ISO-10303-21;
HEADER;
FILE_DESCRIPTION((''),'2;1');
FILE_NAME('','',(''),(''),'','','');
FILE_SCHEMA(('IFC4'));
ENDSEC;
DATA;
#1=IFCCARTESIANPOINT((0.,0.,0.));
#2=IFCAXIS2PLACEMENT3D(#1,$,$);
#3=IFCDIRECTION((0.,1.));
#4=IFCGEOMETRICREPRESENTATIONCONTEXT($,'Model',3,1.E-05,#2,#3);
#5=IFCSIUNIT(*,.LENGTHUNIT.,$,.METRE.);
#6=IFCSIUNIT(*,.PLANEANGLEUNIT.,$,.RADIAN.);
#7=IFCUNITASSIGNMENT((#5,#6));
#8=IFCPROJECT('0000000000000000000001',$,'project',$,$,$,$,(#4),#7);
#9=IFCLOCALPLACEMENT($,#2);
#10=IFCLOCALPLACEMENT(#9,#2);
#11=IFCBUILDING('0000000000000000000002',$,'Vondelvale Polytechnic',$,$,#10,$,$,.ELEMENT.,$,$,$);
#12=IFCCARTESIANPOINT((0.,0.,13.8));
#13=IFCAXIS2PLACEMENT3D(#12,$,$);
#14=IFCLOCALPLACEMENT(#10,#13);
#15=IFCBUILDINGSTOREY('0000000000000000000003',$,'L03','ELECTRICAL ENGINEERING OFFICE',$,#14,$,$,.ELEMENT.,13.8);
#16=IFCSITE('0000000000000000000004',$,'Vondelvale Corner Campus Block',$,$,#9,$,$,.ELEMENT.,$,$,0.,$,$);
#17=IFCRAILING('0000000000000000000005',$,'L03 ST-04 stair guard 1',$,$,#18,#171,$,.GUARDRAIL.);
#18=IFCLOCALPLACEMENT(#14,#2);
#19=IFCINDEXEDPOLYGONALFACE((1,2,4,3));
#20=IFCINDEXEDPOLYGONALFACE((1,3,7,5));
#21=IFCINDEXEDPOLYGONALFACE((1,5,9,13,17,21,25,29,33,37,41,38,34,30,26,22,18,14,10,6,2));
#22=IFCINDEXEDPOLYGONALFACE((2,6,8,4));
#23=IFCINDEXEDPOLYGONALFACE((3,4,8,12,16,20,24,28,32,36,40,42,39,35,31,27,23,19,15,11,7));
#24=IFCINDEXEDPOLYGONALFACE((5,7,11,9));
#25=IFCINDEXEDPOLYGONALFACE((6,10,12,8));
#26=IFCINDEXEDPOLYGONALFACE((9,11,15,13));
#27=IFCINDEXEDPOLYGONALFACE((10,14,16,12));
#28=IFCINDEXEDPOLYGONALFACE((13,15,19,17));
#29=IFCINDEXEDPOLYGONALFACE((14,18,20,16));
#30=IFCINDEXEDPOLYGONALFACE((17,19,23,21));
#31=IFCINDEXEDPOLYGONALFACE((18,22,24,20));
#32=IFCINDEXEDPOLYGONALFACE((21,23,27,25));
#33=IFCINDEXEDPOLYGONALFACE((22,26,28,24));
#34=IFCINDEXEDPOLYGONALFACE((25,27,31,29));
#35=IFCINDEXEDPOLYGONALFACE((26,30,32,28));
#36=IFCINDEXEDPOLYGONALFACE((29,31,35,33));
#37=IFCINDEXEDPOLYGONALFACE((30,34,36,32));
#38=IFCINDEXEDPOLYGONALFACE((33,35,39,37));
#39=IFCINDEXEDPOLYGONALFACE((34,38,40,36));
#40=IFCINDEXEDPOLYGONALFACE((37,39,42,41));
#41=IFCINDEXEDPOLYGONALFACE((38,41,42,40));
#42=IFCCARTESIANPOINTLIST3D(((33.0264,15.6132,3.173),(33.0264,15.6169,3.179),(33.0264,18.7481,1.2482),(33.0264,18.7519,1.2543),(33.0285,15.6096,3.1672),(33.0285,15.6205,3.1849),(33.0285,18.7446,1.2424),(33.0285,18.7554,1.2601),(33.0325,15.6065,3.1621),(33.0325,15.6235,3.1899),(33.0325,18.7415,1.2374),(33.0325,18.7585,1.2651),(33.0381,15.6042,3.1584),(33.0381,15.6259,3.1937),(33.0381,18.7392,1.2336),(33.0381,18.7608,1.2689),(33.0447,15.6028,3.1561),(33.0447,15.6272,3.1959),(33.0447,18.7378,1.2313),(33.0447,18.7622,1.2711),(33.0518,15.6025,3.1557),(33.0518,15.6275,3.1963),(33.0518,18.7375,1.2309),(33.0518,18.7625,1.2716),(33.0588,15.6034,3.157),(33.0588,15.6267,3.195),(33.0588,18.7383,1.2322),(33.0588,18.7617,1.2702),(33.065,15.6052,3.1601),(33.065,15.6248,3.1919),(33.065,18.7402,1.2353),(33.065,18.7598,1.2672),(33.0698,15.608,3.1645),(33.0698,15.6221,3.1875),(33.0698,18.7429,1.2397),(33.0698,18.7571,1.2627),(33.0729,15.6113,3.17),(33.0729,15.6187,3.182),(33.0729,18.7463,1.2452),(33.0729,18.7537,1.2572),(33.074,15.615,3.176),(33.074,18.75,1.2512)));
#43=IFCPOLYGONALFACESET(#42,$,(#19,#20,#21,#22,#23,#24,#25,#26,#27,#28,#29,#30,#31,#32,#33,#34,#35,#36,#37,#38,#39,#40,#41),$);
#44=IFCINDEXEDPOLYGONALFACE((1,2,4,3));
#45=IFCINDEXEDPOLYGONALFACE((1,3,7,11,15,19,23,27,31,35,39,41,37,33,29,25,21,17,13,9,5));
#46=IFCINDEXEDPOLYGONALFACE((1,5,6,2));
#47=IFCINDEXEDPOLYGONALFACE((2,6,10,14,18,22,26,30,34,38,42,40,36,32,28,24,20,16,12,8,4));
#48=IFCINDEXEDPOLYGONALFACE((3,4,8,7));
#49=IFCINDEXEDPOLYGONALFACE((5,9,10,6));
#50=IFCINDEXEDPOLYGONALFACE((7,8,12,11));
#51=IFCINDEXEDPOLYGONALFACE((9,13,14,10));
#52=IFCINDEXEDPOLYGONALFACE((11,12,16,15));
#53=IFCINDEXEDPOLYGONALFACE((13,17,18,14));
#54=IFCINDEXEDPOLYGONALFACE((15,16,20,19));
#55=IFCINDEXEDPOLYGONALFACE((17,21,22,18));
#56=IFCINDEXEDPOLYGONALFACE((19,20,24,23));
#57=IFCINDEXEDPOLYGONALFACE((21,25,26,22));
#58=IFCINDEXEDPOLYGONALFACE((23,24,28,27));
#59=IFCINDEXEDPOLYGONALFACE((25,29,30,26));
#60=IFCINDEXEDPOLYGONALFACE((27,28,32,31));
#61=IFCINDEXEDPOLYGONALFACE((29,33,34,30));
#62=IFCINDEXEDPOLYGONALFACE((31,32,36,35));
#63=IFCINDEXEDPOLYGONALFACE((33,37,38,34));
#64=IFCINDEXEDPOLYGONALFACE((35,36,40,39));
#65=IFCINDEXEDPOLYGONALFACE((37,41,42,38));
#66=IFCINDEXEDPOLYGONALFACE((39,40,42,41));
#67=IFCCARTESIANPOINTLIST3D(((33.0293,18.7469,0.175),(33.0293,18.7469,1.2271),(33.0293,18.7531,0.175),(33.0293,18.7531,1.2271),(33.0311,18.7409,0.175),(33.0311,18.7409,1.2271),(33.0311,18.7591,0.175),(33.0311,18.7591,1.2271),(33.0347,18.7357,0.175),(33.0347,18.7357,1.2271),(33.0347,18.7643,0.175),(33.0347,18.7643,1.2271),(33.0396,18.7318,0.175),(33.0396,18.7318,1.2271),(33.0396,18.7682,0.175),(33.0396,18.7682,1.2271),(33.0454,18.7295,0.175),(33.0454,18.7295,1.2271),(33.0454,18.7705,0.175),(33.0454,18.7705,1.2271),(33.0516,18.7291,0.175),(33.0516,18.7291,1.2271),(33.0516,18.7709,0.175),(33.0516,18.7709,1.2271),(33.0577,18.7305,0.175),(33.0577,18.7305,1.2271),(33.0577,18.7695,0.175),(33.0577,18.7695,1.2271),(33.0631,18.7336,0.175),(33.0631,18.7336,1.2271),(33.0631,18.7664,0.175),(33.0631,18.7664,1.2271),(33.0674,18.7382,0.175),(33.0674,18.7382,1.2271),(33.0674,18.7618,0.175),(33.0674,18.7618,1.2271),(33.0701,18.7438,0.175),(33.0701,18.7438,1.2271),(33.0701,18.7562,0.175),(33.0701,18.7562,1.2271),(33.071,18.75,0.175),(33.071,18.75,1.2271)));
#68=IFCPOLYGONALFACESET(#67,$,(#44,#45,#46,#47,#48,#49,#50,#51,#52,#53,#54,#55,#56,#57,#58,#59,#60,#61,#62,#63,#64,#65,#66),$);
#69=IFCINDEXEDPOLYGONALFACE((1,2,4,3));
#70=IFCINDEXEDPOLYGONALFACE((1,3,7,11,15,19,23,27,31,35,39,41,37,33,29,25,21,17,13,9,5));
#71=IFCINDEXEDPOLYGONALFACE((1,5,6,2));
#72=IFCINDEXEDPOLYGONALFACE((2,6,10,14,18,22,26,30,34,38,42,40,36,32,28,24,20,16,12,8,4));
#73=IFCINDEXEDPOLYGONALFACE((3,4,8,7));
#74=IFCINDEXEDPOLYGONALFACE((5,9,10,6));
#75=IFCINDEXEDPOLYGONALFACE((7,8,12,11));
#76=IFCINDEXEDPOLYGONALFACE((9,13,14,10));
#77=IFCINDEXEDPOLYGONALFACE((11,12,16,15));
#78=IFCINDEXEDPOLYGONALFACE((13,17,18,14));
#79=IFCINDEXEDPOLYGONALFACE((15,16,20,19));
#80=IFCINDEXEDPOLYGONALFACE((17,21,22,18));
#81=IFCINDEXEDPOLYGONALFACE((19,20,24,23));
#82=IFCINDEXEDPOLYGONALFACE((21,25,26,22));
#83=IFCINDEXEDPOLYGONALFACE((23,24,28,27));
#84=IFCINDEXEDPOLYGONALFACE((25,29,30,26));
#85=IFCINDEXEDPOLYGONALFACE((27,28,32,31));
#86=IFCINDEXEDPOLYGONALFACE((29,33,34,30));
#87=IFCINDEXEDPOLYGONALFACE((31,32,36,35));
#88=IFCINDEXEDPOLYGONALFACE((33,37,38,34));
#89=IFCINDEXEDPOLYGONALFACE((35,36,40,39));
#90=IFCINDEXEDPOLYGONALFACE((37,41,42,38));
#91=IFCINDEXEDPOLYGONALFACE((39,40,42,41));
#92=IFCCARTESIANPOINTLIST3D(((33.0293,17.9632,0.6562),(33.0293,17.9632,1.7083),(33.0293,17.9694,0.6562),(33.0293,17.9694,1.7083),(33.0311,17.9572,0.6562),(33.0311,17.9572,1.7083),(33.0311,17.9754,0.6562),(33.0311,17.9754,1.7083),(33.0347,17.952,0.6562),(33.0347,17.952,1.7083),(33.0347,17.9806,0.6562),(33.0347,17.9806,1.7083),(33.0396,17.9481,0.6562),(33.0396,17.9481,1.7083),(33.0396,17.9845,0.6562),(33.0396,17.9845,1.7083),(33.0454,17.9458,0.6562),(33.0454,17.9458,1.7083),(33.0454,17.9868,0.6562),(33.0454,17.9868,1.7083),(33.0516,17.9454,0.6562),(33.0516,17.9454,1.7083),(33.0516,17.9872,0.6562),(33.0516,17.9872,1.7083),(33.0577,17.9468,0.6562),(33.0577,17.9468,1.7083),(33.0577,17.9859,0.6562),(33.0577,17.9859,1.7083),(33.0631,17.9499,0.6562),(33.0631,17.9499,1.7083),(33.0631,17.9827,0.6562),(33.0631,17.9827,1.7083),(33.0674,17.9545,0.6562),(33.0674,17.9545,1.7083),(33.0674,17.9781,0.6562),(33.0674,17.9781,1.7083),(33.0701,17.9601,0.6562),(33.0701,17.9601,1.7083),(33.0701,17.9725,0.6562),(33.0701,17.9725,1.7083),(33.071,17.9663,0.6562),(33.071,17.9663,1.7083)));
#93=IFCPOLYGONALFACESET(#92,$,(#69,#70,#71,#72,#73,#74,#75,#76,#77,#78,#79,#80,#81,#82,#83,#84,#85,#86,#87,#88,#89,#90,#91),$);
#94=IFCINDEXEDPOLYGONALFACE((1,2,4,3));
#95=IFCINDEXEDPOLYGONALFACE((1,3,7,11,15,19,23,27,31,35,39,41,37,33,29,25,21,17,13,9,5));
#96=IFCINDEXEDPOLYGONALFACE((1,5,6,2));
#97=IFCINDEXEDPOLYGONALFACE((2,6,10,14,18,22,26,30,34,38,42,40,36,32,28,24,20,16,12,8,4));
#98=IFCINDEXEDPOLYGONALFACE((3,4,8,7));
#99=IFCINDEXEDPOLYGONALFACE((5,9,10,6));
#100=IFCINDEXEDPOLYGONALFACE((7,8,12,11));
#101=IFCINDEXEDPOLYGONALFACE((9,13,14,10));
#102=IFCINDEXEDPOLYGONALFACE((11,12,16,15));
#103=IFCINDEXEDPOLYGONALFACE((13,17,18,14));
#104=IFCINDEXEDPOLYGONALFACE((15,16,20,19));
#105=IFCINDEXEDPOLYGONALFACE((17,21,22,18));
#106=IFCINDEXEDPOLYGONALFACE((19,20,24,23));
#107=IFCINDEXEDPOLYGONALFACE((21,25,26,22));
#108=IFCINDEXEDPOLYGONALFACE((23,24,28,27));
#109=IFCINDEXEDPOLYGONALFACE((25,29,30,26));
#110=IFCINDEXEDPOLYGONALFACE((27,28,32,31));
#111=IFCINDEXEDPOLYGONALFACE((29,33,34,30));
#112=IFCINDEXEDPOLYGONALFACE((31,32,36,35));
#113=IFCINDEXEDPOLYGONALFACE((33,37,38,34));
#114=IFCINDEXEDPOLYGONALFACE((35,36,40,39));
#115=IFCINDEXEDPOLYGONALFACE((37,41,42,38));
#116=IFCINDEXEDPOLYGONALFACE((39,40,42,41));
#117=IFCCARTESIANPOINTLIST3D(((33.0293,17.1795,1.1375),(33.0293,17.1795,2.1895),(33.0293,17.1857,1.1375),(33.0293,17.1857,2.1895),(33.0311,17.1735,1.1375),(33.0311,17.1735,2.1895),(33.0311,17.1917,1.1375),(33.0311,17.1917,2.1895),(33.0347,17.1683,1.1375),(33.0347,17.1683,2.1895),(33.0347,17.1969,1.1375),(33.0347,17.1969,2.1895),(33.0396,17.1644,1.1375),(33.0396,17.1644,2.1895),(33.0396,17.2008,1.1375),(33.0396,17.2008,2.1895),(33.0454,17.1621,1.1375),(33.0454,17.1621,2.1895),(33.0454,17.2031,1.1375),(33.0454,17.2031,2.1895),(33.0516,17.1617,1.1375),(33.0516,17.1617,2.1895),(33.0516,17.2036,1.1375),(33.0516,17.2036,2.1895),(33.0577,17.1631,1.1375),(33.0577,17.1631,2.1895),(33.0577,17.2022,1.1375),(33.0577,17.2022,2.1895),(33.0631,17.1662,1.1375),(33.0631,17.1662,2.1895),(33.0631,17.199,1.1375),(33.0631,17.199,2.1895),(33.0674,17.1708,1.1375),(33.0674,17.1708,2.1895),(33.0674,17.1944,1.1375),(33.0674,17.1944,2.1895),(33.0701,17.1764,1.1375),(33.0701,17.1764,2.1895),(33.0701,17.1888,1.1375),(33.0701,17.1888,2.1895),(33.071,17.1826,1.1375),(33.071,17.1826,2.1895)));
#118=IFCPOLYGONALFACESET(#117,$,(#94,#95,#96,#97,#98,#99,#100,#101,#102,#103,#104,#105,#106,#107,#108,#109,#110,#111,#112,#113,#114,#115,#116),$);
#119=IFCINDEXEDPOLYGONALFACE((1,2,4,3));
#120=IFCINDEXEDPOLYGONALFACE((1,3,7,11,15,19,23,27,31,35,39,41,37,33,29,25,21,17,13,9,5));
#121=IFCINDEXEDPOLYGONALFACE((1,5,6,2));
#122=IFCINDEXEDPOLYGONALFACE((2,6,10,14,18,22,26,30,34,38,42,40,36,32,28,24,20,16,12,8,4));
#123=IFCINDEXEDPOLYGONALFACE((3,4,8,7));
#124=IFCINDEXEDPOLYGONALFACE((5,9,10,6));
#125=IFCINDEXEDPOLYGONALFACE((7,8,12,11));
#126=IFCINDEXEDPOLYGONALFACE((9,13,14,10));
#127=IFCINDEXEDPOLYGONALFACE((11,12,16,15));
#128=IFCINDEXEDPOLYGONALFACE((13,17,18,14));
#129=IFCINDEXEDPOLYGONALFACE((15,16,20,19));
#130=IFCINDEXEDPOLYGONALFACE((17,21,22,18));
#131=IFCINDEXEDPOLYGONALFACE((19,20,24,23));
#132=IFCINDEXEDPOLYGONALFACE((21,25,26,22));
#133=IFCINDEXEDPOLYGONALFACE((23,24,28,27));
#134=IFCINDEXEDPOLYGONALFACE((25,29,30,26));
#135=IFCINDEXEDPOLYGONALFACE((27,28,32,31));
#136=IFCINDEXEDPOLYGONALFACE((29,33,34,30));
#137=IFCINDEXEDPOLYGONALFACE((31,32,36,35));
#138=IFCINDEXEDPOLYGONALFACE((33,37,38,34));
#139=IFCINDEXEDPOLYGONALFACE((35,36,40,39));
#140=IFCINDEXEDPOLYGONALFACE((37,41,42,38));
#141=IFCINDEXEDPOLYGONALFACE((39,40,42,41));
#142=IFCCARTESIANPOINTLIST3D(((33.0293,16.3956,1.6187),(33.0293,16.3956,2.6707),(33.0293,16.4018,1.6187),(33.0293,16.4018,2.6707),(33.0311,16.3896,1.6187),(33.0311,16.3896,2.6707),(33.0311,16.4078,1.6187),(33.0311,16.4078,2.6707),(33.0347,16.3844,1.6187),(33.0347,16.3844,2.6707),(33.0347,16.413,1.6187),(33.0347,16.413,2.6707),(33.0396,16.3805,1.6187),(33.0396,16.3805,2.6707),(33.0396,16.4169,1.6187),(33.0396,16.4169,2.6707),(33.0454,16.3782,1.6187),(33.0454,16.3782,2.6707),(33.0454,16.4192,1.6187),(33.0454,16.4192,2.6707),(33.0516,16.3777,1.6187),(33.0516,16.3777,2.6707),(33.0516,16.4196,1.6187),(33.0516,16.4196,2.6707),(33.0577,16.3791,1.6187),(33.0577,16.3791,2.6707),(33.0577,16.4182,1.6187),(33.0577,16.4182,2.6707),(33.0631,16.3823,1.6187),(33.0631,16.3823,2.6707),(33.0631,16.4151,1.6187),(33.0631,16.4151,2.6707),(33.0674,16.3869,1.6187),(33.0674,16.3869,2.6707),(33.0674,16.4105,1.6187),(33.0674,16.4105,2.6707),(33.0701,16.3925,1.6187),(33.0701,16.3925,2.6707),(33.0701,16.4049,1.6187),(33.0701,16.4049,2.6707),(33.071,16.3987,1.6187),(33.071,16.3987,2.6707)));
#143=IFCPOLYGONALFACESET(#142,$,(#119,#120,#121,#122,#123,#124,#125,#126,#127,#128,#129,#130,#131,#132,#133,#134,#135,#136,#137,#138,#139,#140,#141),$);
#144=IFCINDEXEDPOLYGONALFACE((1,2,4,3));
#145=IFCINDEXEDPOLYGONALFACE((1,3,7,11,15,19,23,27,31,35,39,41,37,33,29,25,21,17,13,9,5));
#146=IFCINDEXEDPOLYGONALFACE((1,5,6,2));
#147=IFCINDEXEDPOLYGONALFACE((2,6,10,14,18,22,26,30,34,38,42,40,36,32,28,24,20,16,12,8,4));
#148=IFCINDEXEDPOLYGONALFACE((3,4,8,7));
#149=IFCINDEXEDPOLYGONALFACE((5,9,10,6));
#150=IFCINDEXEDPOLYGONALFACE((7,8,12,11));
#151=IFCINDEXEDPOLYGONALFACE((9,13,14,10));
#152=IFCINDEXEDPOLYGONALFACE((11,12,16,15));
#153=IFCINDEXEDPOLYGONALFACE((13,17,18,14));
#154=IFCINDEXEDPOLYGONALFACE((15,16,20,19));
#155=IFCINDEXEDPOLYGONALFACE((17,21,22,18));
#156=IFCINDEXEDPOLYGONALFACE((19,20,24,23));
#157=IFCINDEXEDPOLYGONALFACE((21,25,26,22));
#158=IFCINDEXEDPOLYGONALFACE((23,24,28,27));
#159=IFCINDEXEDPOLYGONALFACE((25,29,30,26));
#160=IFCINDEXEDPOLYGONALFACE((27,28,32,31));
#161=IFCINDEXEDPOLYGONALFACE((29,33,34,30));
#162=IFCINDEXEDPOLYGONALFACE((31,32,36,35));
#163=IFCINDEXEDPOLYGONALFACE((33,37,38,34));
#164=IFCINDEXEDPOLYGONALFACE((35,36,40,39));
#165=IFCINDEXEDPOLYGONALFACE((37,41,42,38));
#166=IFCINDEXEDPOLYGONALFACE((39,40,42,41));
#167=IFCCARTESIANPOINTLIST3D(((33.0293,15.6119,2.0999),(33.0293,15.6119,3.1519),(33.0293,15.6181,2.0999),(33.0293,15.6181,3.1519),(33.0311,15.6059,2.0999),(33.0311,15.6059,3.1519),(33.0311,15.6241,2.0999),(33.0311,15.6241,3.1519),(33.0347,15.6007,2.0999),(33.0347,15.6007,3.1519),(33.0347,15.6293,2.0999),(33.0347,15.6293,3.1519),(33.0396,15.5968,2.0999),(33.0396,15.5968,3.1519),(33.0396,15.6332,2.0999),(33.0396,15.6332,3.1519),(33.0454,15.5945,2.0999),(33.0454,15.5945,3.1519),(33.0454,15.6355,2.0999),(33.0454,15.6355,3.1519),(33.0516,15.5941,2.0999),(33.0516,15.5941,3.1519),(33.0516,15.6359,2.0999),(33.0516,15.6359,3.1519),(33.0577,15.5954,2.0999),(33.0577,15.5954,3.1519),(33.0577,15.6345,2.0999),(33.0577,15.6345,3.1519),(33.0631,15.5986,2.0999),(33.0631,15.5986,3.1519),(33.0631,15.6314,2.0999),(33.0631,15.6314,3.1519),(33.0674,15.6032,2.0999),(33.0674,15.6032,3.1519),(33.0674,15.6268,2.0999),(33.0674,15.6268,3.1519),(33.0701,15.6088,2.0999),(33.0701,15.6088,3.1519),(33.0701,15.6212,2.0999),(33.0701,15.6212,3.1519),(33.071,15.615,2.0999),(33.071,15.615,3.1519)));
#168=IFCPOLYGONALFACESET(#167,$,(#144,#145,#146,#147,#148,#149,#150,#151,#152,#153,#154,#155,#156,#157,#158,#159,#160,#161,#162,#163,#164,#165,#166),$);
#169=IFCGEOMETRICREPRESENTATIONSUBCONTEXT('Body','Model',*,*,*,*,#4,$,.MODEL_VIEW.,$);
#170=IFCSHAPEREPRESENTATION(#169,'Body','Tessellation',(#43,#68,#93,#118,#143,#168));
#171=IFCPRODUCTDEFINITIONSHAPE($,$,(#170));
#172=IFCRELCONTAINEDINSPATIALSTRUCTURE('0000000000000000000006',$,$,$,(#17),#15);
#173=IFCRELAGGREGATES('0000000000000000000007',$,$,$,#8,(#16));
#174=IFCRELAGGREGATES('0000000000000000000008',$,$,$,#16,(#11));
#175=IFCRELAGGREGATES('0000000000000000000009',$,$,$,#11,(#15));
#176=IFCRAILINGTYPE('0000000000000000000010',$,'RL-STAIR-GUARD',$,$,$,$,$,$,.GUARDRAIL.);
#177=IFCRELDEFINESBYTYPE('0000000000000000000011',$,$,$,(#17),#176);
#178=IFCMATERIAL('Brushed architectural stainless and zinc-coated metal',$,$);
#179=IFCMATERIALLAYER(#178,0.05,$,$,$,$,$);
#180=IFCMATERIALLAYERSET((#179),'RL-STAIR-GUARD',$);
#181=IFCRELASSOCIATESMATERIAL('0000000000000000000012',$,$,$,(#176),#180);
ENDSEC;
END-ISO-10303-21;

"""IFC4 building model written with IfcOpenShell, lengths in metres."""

from ifc_helpers import new_model, si_unit, direction, frame, origin, origin_2d, place, context, subcontext, project, spatial, circle, extrude, material, layer, layer_set, type_object, element, save


model = new_model("IFC4")

# Units and contexts
model_context = context("Model", 3, precision=1e-05, world=origin(), true_north=direction((0.0, 1.0)))
body_context = subcontext(model_context, "Body", "Model", "MODEL_VIEW")
ifc_project = project(units=[si_unit("LENGTHUNIT", "METRE"), si_unit("PLANEANGLEUNIT", "RADIAN")], contexts=[model_context])

# Site, building, storey
site_placement = place(None, origin())
site = spatial("IfcSite", under=ifc_project, at=site_placement, Name="Vondelvale Corner Campus Block", CompositionType="ELEMENT", RefElevation=0.0)
building_placement = place(site_placement, origin())
building = spatial("IfcBuilding", under=site, at=building_placement, Name="Vondelvale Polytechnic", CompositionType="ELEMENT")
storey_placement = place(building_placement, frame((0.0, 0.0, 13.8)))
storey = spatial("IfcBuildingStorey", under=building, at=storey_placement, Name="L03", Description="ELECTRICAL ENGINEERING OFFICE", CompositionType="ELEMENT", Elevation=13.8)

# Railing
ifc_material_1 = material(Name="Brushed architectural stainless and zinc-coated metal")
ifc_layer_1 = layer(ifc_material_1, 0.05)
ifc_layer_set_1 = layer_set([ifc_layer_1], Name="RL-STAIR-GUARD")
railing_type_1 = type_object("IfcRailingType", Name="RL-STAIR-GUARD", PredefinedType="GUARDRAIL", material=ifc_layer_set_1)
railing_1_placement = place(storey_placement, frame((33.05, 18.75, 0.175)))
element("IfcRailing", 1, at=railing_1_placement, inside=storey, type_object=railing_type_1, Name="L03 ST-04 stair guard 1", PredefinedType="GUARDRAIL", context=body_context, shape_type="SweptSolid", body=[
    extrude(circle(Radius=0.0239, at=origin_2d()), frame((0.0, 0.0, 1.0762), z_axis=(0.0, -0.852196, 0.523223), x_axis=(1.0, 0.0, 0.0)), (0.0, 0.0, 1.0), 3.6787),
    extrude(circle(Radius=0.021, at=origin_2d()), origin(), (0.0, 0.0, 1.0), 1.052),
    extrude(circle(Radius=0.021, at=origin_2d()), frame((0.0, -0.7837, 0.4812)), (0.0, 0.0, 1.0), 1.052),
    extrude(circle(Radius=0.021, at=origin_2d()), frame((0.0, -1.5674, 0.9624)), (0.0, 0.0, 1.0), 1.052),
    extrude(circle(Radius=0.021, at=origin_2d()), frame((0.0, -2.3513, 1.4436)), (0.0, 0.0, 1.0), 1.052),
    extrude(circle(Radius=0.021, at=origin_2d()), frame((0.0, -3.135, 1.9248)), (0.0, 0.0, 1.0), 1.052),
])

save(model, "model.ifc")
